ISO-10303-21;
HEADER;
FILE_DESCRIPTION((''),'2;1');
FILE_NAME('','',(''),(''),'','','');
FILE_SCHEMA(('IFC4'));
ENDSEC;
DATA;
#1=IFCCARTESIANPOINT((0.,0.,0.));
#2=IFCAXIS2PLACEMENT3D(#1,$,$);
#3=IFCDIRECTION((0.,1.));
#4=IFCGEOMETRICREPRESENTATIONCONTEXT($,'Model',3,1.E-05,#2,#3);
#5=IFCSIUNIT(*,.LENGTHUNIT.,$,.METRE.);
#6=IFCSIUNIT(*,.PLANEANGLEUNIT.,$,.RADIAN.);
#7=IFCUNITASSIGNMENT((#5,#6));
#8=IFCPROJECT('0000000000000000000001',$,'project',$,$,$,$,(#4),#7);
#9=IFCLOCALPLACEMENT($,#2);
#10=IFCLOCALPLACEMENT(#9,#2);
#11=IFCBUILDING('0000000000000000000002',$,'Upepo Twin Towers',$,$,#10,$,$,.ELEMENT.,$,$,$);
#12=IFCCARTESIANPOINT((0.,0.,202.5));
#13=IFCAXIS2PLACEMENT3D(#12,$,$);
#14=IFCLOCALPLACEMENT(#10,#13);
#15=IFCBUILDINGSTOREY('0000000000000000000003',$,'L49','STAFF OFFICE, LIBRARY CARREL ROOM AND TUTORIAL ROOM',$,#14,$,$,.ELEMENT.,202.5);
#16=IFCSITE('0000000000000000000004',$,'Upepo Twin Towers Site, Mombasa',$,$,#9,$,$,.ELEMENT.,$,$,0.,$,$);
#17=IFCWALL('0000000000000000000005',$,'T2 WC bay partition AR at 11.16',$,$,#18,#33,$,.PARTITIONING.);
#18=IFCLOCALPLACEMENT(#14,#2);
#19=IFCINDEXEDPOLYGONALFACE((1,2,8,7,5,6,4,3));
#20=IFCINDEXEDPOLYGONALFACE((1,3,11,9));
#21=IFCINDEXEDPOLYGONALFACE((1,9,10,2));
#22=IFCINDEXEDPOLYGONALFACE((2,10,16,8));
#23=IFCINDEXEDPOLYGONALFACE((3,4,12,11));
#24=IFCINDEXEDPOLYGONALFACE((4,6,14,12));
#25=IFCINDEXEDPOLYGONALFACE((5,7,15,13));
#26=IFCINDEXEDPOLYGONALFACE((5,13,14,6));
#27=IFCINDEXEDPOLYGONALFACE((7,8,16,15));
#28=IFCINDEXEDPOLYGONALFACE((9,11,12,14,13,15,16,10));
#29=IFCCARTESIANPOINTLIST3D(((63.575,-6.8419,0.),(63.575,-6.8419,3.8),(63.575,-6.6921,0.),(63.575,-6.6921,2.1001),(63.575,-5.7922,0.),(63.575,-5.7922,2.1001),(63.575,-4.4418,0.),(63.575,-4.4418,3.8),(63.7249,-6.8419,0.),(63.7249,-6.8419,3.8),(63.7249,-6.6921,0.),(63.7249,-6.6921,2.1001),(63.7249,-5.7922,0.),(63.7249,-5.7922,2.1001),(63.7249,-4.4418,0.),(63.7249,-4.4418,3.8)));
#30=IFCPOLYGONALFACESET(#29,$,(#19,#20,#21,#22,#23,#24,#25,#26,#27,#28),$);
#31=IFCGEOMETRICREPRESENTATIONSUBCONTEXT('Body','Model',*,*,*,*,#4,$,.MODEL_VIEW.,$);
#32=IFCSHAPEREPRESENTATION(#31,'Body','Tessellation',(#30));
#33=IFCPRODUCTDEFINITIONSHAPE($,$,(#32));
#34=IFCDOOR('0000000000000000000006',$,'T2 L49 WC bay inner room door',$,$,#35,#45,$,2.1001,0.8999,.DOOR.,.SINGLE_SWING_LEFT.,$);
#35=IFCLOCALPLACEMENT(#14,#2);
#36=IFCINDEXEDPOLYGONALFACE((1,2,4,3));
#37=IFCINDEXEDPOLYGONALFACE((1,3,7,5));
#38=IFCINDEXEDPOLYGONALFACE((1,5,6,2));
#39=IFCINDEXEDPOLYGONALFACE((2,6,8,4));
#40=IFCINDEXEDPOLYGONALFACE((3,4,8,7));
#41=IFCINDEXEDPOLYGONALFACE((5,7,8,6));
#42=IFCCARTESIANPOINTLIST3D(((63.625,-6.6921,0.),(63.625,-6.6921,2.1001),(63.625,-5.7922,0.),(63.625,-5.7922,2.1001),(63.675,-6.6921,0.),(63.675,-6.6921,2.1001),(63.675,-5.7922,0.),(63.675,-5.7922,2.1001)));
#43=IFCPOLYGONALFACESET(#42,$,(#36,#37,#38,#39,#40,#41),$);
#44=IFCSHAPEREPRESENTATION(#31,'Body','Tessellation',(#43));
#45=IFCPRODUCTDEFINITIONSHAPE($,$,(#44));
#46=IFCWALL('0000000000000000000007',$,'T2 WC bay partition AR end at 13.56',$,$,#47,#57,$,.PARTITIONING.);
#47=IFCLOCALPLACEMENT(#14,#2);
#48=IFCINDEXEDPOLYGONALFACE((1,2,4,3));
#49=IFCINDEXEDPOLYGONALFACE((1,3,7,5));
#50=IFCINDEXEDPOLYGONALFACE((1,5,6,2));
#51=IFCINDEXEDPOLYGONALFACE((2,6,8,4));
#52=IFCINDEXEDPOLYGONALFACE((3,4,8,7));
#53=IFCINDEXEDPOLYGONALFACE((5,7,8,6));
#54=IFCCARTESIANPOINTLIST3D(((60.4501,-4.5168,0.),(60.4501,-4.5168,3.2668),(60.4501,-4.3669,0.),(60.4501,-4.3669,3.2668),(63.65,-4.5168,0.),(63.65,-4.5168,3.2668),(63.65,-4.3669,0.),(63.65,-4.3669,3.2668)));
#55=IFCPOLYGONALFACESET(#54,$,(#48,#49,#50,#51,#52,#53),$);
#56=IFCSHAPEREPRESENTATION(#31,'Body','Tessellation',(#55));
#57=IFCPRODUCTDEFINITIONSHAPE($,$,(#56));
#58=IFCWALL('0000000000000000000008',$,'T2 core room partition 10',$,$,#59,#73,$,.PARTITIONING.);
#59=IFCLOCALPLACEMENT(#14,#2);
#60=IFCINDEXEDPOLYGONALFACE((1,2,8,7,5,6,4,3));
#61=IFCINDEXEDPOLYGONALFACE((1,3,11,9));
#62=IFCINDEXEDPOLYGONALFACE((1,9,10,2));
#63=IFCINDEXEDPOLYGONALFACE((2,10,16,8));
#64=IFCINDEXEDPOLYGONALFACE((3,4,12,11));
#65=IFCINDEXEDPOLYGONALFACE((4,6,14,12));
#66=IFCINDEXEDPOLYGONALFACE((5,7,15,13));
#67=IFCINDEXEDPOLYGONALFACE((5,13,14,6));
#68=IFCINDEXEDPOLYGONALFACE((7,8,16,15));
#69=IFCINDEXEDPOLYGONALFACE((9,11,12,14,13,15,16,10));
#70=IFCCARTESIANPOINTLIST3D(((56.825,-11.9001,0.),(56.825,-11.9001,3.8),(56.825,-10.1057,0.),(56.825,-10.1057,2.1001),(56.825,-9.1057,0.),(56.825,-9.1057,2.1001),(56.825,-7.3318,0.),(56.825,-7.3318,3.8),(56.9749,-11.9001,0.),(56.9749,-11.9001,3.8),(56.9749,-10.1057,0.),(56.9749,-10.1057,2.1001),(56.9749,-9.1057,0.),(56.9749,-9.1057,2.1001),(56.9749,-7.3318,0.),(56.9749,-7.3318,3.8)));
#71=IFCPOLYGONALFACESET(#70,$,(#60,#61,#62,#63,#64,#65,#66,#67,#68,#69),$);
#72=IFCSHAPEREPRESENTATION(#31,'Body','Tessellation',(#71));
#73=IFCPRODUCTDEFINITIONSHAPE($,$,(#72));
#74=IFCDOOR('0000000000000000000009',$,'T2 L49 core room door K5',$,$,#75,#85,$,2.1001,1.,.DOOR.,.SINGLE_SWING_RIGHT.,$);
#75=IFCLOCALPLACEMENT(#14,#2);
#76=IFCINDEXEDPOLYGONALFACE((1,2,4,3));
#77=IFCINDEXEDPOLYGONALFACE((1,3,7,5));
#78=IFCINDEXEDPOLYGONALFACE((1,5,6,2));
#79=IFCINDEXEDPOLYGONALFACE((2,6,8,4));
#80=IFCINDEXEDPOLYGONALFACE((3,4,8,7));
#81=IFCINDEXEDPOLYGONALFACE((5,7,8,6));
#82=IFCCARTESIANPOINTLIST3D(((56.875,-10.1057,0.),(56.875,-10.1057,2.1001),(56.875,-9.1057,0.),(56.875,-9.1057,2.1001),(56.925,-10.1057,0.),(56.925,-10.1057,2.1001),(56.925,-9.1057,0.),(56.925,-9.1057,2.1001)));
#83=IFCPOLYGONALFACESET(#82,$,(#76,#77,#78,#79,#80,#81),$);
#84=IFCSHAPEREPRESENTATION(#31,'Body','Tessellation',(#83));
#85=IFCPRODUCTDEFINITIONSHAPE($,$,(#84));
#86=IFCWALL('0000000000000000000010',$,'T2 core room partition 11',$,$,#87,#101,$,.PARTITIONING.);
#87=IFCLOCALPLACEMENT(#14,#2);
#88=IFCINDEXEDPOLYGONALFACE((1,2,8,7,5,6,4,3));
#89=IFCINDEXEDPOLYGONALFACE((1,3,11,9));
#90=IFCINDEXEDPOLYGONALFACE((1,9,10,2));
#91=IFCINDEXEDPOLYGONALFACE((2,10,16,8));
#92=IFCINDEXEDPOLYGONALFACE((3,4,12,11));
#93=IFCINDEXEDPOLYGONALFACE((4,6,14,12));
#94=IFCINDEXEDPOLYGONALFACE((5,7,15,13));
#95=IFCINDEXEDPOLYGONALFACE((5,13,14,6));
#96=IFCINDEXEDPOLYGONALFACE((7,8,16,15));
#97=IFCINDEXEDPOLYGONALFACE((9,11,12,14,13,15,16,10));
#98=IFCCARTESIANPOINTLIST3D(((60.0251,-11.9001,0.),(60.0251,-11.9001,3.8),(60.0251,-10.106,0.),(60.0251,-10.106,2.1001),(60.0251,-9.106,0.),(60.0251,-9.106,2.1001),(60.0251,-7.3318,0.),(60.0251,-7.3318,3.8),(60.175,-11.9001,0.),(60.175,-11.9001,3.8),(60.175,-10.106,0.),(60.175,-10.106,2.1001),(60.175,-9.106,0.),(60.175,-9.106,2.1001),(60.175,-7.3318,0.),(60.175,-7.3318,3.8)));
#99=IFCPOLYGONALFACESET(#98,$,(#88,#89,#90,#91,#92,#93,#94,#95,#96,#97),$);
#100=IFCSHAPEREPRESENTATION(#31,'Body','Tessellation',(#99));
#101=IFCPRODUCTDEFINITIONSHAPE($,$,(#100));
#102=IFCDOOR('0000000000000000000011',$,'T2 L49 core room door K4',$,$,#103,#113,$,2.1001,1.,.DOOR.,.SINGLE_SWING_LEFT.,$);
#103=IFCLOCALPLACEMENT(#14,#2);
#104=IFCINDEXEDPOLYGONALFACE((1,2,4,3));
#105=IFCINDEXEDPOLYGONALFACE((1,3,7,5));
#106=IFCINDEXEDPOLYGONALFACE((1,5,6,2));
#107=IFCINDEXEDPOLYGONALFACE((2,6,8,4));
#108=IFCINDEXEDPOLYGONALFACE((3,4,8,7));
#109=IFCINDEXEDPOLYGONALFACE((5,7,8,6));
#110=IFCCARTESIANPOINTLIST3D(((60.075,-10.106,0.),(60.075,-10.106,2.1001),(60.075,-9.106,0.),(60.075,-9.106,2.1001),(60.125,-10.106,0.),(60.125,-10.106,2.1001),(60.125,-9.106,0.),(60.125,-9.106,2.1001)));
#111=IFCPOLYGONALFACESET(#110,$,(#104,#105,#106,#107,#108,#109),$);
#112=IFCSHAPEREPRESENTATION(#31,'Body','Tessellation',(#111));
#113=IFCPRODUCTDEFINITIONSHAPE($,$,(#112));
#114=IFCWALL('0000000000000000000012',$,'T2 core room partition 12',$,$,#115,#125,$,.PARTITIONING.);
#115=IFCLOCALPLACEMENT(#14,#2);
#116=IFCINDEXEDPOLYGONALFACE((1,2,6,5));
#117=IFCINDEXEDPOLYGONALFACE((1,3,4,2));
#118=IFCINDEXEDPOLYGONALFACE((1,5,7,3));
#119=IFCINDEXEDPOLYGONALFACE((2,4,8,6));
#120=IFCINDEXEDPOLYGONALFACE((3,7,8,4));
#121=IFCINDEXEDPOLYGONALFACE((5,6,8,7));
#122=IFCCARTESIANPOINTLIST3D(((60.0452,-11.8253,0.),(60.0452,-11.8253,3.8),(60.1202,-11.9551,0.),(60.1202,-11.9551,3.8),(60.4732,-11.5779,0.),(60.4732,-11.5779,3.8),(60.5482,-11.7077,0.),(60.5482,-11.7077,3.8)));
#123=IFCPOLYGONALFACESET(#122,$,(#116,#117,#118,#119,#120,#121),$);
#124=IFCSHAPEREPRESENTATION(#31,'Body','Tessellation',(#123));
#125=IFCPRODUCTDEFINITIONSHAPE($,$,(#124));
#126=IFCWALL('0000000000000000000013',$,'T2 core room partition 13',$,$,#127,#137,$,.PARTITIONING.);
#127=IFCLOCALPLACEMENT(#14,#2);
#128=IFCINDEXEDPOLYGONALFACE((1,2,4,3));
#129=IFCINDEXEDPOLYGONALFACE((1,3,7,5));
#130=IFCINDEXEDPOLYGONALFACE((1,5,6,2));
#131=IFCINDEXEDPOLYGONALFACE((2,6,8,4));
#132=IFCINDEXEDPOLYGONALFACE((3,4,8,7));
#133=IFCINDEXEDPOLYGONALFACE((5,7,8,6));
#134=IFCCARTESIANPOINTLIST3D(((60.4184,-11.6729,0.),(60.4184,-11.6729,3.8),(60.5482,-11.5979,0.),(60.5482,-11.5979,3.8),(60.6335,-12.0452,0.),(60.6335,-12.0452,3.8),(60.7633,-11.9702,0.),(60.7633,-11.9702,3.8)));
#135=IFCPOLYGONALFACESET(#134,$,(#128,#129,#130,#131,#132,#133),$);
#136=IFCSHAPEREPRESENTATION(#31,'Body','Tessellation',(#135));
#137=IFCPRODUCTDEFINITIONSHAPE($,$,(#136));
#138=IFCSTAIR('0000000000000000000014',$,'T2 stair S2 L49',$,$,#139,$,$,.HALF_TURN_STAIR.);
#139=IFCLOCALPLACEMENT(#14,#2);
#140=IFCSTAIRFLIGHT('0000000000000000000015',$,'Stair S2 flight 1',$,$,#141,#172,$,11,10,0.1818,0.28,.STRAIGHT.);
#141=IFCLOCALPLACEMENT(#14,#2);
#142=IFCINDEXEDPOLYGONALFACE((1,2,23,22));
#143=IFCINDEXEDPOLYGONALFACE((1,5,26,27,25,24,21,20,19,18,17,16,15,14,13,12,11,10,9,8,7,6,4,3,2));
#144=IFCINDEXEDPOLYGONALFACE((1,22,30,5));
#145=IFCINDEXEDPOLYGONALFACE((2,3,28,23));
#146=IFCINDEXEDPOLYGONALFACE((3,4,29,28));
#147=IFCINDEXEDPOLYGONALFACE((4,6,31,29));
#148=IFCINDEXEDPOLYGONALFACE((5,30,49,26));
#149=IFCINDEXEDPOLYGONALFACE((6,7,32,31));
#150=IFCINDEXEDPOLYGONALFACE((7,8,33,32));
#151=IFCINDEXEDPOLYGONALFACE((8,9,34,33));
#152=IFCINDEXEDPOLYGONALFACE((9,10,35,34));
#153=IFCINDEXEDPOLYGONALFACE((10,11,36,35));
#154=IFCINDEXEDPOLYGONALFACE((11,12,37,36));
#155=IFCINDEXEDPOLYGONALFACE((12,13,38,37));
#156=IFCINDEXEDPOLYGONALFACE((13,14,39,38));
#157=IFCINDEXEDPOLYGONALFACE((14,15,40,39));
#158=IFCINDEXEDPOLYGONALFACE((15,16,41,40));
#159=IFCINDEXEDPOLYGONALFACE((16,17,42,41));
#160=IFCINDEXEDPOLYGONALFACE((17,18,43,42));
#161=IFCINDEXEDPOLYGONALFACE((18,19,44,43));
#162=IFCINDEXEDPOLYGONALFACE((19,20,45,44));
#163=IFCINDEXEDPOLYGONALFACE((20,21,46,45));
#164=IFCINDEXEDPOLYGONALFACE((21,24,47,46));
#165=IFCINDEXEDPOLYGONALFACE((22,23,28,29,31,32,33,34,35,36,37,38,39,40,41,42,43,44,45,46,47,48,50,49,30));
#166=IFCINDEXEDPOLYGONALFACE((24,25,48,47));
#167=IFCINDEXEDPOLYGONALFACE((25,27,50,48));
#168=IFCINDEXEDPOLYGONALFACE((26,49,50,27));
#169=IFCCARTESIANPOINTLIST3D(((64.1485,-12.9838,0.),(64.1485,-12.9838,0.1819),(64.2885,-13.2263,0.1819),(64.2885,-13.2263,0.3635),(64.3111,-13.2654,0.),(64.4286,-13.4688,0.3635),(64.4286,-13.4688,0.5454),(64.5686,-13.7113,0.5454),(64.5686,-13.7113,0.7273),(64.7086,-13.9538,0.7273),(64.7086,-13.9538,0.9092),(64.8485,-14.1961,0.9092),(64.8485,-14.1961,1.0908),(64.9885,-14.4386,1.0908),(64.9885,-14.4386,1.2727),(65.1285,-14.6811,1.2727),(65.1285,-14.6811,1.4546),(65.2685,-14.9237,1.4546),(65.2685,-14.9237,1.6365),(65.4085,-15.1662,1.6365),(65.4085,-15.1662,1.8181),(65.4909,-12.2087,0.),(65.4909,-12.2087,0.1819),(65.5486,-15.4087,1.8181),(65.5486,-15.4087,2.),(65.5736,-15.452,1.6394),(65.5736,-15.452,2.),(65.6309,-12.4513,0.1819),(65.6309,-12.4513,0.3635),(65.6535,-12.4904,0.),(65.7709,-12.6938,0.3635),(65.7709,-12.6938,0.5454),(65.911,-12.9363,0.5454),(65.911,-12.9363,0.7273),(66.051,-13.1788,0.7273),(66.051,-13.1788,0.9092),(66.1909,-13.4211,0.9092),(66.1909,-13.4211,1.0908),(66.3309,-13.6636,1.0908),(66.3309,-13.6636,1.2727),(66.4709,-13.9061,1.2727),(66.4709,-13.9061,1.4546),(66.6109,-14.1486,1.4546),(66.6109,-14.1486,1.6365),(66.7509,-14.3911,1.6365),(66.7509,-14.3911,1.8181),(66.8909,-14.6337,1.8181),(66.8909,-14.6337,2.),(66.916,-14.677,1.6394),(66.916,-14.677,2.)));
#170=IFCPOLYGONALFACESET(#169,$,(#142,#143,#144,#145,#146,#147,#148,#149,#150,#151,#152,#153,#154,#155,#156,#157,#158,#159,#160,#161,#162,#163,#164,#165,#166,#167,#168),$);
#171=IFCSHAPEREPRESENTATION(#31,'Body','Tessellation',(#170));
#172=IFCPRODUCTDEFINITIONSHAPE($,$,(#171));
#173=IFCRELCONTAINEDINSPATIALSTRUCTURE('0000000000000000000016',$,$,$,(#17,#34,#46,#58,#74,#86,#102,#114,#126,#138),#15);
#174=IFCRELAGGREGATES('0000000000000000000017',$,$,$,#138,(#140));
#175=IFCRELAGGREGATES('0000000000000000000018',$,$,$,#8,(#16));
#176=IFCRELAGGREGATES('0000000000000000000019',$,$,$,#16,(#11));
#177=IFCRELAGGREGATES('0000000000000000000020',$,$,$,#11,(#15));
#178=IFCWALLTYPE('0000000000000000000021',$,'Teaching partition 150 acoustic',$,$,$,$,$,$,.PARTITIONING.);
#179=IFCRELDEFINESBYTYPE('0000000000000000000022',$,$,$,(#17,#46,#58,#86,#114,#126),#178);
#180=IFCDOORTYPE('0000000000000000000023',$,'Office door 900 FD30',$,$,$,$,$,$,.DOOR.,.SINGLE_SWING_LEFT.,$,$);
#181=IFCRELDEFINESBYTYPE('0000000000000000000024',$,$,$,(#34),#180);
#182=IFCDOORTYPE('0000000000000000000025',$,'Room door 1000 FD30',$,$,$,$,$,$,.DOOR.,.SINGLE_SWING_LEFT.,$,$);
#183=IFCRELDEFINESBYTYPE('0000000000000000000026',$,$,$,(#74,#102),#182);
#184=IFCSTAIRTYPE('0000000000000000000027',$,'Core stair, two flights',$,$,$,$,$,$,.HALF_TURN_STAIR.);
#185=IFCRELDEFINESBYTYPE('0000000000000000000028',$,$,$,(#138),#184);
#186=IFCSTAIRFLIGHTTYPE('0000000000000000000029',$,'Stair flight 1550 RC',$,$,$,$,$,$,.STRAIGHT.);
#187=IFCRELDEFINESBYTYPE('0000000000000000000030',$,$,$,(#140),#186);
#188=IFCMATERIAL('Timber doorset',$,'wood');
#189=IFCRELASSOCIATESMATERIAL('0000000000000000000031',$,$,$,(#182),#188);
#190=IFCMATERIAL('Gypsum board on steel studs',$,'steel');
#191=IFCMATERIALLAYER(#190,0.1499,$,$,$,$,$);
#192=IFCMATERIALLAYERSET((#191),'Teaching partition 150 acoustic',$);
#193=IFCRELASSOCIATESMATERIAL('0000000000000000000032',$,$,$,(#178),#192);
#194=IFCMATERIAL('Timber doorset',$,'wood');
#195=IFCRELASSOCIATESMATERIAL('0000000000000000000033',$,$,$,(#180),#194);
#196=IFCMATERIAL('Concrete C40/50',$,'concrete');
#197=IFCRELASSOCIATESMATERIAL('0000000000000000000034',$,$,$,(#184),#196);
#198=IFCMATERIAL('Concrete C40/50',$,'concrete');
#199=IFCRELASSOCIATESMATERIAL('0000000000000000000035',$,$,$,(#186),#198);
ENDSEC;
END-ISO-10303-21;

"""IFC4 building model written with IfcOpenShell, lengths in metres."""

from ifc_helpers import new_model, si_unit, direction, frame, frame_2d, origin, place, context, subcontext, project, spatial, polyline, rectangle, outline, extrude, material, layer, layer_set, type_object, element, fill, aggregate, save


model = new_model("IFC4")

# Units and contexts
model_context = context("Model", 3, precision=1e-05, world=origin(), true_north=direction((0.0, 1.0)))
body_context = subcontext(model_context, "Body", "Model", "MODEL_VIEW")
ifc_project = project(units=[si_unit("LENGTHUNIT", "METRE"), si_unit("PLANEANGLEUNIT", "RADIAN")], contexts=[model_context])

# Site, building, storey
site_placement = place(None, origin())
site = spatial("IfcSite", under=ifc_project, at=site_placement, Name="Upepo Twin Towers Site, Mombasa", CompositionType="ELEMENT", RefElevation=0.0)
building_placement = place(site_placement, origin())
building = spatial("IfcBuilding", under=site, at=building_placement, Name="Upepo Twin Towers", CompositionType="ELEMENT")
storey_placement = place(building_placement, frame((0.0, 0.0, 202.5)))
storey = spatial("IfcBuildingStorey", under=building, at=storey_placement, Name="L49", Description="STAFF OFFICE, LIBRARY CARREL ROOM AND TUTORIAL ROOM", CompositionType="ELEMENT", Elevation=202.5)

# Shared definitions
ifc_material_1 = material(Name="Timber doorset", Category="wood")
door_type_1 = type_object("IfcDoorType", Name="Room door 1000 FD30", OperationType="SINGLE_SWING_LEFT", PredefinedType="DOOR", material=ifc_material_1)

# Shared definitions
ifc_material_2 = material(Name="Gypsum board on steel studs", Category="steel")
ifc_layer_1 = layer(ifc_material_2, 0.1499)
ifc_layer_set_1 = layer_set([ifc_layer_1], Name="Teaching partition 150 acoustic")
wall_type_1 = type_object("IfcWallType", Name="Teaching partition 150 acoustic", PredefinedType="PARTITIONING", material=ifc_layer_set_1)

# Wall, opening, door
wall_1_placement = place(storey_placement, frame((63.6499, -6.842, 0.0), z_axis=(0.0, 0.0, 1.0), x_axis=(0.0, 1.0, 0.0)))
wall_1 = element("IfcWall", 1, at=wall_1_placement, inside=storey, type_object=wall_type_1, Name="T2 WC bay partition AR at 11.16", PredefinedType="PARTITIONING", context=body_context, shape_type="SweptSolid", body=[
    extrude(rectangle(XDim=2.4001, YDim=0.1499, at=frame_2d((1.2002, 0.0))), origin(), (0.0, 0.0, 1.0), 3.8),
])
opening_1_placement = place(wall_1_placement, frame((0.1499, 0.0, 0.0)))
opening_1 = element("IfcOpeningElement", 2, at=opening_1_placement, cuts=wall_1, PredefinedType="OPENING", context=body_context, shape_type="SweptSolid", body=[
    extrude(rectangle(XDim=0.8999, YDim=2.1001, at=frame_2d((0.45, 1.05))), frame((0.0, 0.085, 0.0), z_axis=(0.0, -1.0, 0.0), x_axis=(1.0, 0.0, 0.0)), (0.0, 0.0, 1.0), 0.1699),
])
ifc_material_3 = material(Name="Timber doorset", Category="wood")
door_type_2 = type_object("IfcDoorType", Name="Office door 900 FD30", OperationType="SINGLE_SWING_LEFT", PredefinedType="DOOR", material=ifc_material_3)
door_1_placement = place(opening_1_placement, origin())
door_1 = element("IfcDoor", 3, at=door_1_placement, inside=storey, type_object=door_type_2, Name="T2 L49 WC bay inner room door", OperationType="SINGLE_SWING_LEFT", OverallHeight=2.1001, OverallWidth=0.8999, PredefinedType="DOOR", context=body_context, shape_type="SweptSolid", body=[
    extrude(rectangle(XDim=0.8999, YDim=2.1001, at=frame_2d((0.45, 1.05))), frame((0.0, 0.0249, 0.0), z_axis=(0.0, -1.0, 0.0), x_axis=(1.0, 0.0, 0.0)), (0.0, 0.0, 1.0), 0.05),
])
fill(opening_1, door_1)

# Wall
wall_2_placement = place(storey_placement, frame((60.45, -4.4419, 0.0), z_axis=(0.0, 0.0, 1.0), x_axis=(1.0, 0.0, 0.0)))
element("IfcWall", 4, at=wall_2_placement, inside=storey, type_object=wall_type_1, Name="T2 WC bay partition AR end at 13.56", PredefinedType="PARTITIONING", context=body_context, shape_type="SweptSolid", body=[
    extrude(rectangle(XDim=3.2, YDim=0.1499, at=frame_2d((1.6001, 0.0))), origin(), (0.0, 0.0, 1.0), 3.2668),
])

# Walls, openings, doors
wall_3_placement = place(storey_placement, frame((56.8999, -11.9001, 0.0), z_axis=(0.0, 0.0, 1.0), x_axis=(0.0, 1.0, 0.0)))
wall_3 = element("IfcWall", 5, at=wall_3_placement, inside=storey, type_object=wall_type_1, Name="T2 core room partition 10", PredefinedType="PARTITIONING", context=body_context, shape_type="SweptSolid", body=[
    extrude(rectangle(XDim=4.5684, YDim=0.1499, at=frame_2d((2.2842, 0.0))), origin(), (0.0, 0.0, 1.0), 3.8),
])
opening_2_placement = place(wall_3_placement, frame((1.7944, 0.0, 0.0)))
opening_2 = element("IfcOpeningElement", 6, at=opening_2_placement, cuts=wall_3, PredefinedType="OPENING", context=body_context, shape_type="SweptSolid", body=[
    extrude(rectangle(XDim=1.0, YDim=2.1001, at=frame_2d((0.5, 1.05))), frame((0.0, 0.085, 0.0), z_axis=(0.0, -1.0, 0.0), x_axis=(1.0, 0.0, 0.0)), (0.0, 0.0, 1.0), 0.1699),
])
door_2_placement = place(opening_2_placement, origin())
door_2 = element("IfcDoor", 7, at=door_2_placement, inside=storey, type_object=door_type_1, Name="T2 L49 core room door K5", OperationType="SINGLE_SWING_RIGHT", OverallHeight=2.1001, OverallWidth=1.0, PredefinedType="DOOR", context=body_context, shape_type="SweptSolid", body=[
    extrude(rectangle(XDim=1.0, YDim=2.1001, at=frame_2d((0.5, 1.05))), frame((0.0, 0.0249, 0.0), z_axis=(0.0, -1.0, 0.0), x_axis=(1.0, 0.0, 0.0)), (0.0, 0.0, 1.0), 0.05),
])
fill(opening_2, door_2)
wall_4_placement = place(storey_placement, frame((60.1001, -7.3318, 0.0), z_axis=(0.0, 0.0, 1.0), x_axis=(0.0, -1.0, 0.0)))
wall_4 = element("IfcWall", 8, at=wall_4_placement, inside=storey, type_object=wall_type_1, Name="T2 core room partition 11", PredefinedType="PARTITIONING", context=body_context, shape_type="SweptSolid", body=[
    extrude(rectangle(XDim=4.5684, YDim=0.1499, at=frame_2d((2.2842, 0.0))), origin(), (0.0, 0.0, 1.0), 3.8),
])
opening_3_placement = place(wall_4_placement, frame((1.7742, 0.0, 0.0)))
opening_3 = element("IfcOpeningElement", 9, at=opening_3_placement, cuts=wall_4, PredefinedType="OPENING", context=body_context, shape_type="SweptSolid", body=[
    extrude(rectangle(XDim=1.0, YDim=2.1001, at=frame_2d((0.5, 1.05))), frame((0.0, 0.085, 0.0), z_axis=(0.0, -1.0, 0.0), x_axis=(1.0, 0.0, 0.0)), (0.0, 0.0, 1.0), 0.1699),
])
door_3_placement = place(opening_3_placement, origin())
door_3 = element("IfcDoor", 10, at=door_3_placement, inside=storey, type_object=door_type_1, Name="T2 L49 core room door K4", OperationType="SINGLE_SWING_LEFT", OverallHeight=2.1001, OverallWidth=1.0, PredefinedType="DOOR", context=body_context, shape_type="SweptSolid", body=[
    extrude(rectangle(XDim=1.0, YDim=2.1001, at=frame_2d((0.5, 1.05))), frame((0.0, 0.0249, 0.0), z_axis=(0.0, -1.0, 0.0), x_axis=(1.0, 0.0, 0.0)), (0.0, 0.0, 1.0), 0.05),
])
fill(opening_3, door_3)

# Walls
wall_5_placement = place(storey_placement, frame((60.0828, -11.8901, 0.0), z_axis=(0.0, 0.0, 1.0), x_axis=(0.865832, 0.500335, 0.0)))
element("IfcWall", 11, at=wall_5_placement, inside=storey, type_object=wall_type_1, Name="T2 core room partition 12", PredefinedType="PARTITIONING", context=body_context, shape_type="SweptSolid", body=[
    extrude(rectangle(XDim=0.4944, YDim=0.1499, at=frame_2d((0.2471, 0.0))), origin(), (0.0, 0.0, 1.0), 3.8),
])
wall_6_placement = place(storey_placement, frame((60.4834, -11.6355, 0.0), z_axis=(0.0, 0.0, 1.0), x_axis=(0.50023, -0.865892, 0.0)))
element("IfcWall", 12, at=wall_6_placement, inside=storey, type_object=wall_type_1, Name="T2 core room partition 13", PredefinedType="PARTITIONING", context=body_context, shape_type="SweptSolid", body=[
    extrude(rectangle(XDim=0.4299, YDim=0.1499, at=frame_2d((0.2148, 0.0))), origin(), (0.0, 0.0, 1.0), 3.8),
])

# Stair, stair flight
ifc_material_4 = material(Name="Concrete C40/50", Category="concrete")
stair_type = type_object("IfcStairType", Name="Core stair, two flights", PredefinedType="HALF_TURN_STAIR", material=ifc_material_4)
stair_placement = place(storey_placement, origin())
stair = element("IfcStair", 13, at=stair_placement, inside=storey, type_object=stair_type, Name="T2 stair S2 L49", PredefinedType="HALF_TURN_STAIR")
ifc_material_5 = material(Name="Concrete C40/50", Category="concrete")
stair_flight_type = type_object("IfcStairFlightType", Name="Stair flight 1550 RC", PredefinedType="STRAIGHT", material=ifc_material_5)
stair_flight_1_placement = place(storey_placement, frame((64.8198, -12.5962, 0.0), z_axis=(0.0, 0.0, 1.0), x_axis=(0.5, -0.866025, 0.0)))
stair_flight_1 = element("IfcStairFlight", 14, at=stair_flight_1_placement, type_object=stair_flight_type, Name="Stair S2 flight 1", NumberOfRisers=11, NumberOfTreads=10, PredefinedType="STRAIGHT", RiserHeight=0.1818, TreadLength=0.28, context=body_context, shape_type="SweptSolid", body=[
    extrude(outline(polyline([(0.0, 0.0), (0.0, 0.1819), (0.28, 0.1819), (0.28, 0.3635), (0.5601, 0.3635), (0.5601, 0.5454), (0.8401, 0.5454), (0.8401, 0.7273), (1.1201, 0.7273), (1.1201, 0.9092), (1.3999, 0.9092), (1.3999, 1.0908), (1.6799, 1.0908), (1.6799, 1.2727), (1.96, 1.2727), (1.96, 1.4546), (2.24, 1.4546), (2.24, 1.6365), (2.52, 1.6365), (2.52, 1.8181), (2.8, 1.8181), (2.8, 2.0), (2.8501, 2.0), (2.8501, 1.6394), (0.3252, 0.0), (0.0, 0.0)])), frame((0.0, 0.7749, 0.0), z_axis=(0.0, -1.0, 0.0), x_axis=(1.0, 0.0, 0.0)), (0.0, 0.0, 1.0), 1.55),
])
aggregate(stair, [stair_flight_1])

save(model, "model.ifc")
